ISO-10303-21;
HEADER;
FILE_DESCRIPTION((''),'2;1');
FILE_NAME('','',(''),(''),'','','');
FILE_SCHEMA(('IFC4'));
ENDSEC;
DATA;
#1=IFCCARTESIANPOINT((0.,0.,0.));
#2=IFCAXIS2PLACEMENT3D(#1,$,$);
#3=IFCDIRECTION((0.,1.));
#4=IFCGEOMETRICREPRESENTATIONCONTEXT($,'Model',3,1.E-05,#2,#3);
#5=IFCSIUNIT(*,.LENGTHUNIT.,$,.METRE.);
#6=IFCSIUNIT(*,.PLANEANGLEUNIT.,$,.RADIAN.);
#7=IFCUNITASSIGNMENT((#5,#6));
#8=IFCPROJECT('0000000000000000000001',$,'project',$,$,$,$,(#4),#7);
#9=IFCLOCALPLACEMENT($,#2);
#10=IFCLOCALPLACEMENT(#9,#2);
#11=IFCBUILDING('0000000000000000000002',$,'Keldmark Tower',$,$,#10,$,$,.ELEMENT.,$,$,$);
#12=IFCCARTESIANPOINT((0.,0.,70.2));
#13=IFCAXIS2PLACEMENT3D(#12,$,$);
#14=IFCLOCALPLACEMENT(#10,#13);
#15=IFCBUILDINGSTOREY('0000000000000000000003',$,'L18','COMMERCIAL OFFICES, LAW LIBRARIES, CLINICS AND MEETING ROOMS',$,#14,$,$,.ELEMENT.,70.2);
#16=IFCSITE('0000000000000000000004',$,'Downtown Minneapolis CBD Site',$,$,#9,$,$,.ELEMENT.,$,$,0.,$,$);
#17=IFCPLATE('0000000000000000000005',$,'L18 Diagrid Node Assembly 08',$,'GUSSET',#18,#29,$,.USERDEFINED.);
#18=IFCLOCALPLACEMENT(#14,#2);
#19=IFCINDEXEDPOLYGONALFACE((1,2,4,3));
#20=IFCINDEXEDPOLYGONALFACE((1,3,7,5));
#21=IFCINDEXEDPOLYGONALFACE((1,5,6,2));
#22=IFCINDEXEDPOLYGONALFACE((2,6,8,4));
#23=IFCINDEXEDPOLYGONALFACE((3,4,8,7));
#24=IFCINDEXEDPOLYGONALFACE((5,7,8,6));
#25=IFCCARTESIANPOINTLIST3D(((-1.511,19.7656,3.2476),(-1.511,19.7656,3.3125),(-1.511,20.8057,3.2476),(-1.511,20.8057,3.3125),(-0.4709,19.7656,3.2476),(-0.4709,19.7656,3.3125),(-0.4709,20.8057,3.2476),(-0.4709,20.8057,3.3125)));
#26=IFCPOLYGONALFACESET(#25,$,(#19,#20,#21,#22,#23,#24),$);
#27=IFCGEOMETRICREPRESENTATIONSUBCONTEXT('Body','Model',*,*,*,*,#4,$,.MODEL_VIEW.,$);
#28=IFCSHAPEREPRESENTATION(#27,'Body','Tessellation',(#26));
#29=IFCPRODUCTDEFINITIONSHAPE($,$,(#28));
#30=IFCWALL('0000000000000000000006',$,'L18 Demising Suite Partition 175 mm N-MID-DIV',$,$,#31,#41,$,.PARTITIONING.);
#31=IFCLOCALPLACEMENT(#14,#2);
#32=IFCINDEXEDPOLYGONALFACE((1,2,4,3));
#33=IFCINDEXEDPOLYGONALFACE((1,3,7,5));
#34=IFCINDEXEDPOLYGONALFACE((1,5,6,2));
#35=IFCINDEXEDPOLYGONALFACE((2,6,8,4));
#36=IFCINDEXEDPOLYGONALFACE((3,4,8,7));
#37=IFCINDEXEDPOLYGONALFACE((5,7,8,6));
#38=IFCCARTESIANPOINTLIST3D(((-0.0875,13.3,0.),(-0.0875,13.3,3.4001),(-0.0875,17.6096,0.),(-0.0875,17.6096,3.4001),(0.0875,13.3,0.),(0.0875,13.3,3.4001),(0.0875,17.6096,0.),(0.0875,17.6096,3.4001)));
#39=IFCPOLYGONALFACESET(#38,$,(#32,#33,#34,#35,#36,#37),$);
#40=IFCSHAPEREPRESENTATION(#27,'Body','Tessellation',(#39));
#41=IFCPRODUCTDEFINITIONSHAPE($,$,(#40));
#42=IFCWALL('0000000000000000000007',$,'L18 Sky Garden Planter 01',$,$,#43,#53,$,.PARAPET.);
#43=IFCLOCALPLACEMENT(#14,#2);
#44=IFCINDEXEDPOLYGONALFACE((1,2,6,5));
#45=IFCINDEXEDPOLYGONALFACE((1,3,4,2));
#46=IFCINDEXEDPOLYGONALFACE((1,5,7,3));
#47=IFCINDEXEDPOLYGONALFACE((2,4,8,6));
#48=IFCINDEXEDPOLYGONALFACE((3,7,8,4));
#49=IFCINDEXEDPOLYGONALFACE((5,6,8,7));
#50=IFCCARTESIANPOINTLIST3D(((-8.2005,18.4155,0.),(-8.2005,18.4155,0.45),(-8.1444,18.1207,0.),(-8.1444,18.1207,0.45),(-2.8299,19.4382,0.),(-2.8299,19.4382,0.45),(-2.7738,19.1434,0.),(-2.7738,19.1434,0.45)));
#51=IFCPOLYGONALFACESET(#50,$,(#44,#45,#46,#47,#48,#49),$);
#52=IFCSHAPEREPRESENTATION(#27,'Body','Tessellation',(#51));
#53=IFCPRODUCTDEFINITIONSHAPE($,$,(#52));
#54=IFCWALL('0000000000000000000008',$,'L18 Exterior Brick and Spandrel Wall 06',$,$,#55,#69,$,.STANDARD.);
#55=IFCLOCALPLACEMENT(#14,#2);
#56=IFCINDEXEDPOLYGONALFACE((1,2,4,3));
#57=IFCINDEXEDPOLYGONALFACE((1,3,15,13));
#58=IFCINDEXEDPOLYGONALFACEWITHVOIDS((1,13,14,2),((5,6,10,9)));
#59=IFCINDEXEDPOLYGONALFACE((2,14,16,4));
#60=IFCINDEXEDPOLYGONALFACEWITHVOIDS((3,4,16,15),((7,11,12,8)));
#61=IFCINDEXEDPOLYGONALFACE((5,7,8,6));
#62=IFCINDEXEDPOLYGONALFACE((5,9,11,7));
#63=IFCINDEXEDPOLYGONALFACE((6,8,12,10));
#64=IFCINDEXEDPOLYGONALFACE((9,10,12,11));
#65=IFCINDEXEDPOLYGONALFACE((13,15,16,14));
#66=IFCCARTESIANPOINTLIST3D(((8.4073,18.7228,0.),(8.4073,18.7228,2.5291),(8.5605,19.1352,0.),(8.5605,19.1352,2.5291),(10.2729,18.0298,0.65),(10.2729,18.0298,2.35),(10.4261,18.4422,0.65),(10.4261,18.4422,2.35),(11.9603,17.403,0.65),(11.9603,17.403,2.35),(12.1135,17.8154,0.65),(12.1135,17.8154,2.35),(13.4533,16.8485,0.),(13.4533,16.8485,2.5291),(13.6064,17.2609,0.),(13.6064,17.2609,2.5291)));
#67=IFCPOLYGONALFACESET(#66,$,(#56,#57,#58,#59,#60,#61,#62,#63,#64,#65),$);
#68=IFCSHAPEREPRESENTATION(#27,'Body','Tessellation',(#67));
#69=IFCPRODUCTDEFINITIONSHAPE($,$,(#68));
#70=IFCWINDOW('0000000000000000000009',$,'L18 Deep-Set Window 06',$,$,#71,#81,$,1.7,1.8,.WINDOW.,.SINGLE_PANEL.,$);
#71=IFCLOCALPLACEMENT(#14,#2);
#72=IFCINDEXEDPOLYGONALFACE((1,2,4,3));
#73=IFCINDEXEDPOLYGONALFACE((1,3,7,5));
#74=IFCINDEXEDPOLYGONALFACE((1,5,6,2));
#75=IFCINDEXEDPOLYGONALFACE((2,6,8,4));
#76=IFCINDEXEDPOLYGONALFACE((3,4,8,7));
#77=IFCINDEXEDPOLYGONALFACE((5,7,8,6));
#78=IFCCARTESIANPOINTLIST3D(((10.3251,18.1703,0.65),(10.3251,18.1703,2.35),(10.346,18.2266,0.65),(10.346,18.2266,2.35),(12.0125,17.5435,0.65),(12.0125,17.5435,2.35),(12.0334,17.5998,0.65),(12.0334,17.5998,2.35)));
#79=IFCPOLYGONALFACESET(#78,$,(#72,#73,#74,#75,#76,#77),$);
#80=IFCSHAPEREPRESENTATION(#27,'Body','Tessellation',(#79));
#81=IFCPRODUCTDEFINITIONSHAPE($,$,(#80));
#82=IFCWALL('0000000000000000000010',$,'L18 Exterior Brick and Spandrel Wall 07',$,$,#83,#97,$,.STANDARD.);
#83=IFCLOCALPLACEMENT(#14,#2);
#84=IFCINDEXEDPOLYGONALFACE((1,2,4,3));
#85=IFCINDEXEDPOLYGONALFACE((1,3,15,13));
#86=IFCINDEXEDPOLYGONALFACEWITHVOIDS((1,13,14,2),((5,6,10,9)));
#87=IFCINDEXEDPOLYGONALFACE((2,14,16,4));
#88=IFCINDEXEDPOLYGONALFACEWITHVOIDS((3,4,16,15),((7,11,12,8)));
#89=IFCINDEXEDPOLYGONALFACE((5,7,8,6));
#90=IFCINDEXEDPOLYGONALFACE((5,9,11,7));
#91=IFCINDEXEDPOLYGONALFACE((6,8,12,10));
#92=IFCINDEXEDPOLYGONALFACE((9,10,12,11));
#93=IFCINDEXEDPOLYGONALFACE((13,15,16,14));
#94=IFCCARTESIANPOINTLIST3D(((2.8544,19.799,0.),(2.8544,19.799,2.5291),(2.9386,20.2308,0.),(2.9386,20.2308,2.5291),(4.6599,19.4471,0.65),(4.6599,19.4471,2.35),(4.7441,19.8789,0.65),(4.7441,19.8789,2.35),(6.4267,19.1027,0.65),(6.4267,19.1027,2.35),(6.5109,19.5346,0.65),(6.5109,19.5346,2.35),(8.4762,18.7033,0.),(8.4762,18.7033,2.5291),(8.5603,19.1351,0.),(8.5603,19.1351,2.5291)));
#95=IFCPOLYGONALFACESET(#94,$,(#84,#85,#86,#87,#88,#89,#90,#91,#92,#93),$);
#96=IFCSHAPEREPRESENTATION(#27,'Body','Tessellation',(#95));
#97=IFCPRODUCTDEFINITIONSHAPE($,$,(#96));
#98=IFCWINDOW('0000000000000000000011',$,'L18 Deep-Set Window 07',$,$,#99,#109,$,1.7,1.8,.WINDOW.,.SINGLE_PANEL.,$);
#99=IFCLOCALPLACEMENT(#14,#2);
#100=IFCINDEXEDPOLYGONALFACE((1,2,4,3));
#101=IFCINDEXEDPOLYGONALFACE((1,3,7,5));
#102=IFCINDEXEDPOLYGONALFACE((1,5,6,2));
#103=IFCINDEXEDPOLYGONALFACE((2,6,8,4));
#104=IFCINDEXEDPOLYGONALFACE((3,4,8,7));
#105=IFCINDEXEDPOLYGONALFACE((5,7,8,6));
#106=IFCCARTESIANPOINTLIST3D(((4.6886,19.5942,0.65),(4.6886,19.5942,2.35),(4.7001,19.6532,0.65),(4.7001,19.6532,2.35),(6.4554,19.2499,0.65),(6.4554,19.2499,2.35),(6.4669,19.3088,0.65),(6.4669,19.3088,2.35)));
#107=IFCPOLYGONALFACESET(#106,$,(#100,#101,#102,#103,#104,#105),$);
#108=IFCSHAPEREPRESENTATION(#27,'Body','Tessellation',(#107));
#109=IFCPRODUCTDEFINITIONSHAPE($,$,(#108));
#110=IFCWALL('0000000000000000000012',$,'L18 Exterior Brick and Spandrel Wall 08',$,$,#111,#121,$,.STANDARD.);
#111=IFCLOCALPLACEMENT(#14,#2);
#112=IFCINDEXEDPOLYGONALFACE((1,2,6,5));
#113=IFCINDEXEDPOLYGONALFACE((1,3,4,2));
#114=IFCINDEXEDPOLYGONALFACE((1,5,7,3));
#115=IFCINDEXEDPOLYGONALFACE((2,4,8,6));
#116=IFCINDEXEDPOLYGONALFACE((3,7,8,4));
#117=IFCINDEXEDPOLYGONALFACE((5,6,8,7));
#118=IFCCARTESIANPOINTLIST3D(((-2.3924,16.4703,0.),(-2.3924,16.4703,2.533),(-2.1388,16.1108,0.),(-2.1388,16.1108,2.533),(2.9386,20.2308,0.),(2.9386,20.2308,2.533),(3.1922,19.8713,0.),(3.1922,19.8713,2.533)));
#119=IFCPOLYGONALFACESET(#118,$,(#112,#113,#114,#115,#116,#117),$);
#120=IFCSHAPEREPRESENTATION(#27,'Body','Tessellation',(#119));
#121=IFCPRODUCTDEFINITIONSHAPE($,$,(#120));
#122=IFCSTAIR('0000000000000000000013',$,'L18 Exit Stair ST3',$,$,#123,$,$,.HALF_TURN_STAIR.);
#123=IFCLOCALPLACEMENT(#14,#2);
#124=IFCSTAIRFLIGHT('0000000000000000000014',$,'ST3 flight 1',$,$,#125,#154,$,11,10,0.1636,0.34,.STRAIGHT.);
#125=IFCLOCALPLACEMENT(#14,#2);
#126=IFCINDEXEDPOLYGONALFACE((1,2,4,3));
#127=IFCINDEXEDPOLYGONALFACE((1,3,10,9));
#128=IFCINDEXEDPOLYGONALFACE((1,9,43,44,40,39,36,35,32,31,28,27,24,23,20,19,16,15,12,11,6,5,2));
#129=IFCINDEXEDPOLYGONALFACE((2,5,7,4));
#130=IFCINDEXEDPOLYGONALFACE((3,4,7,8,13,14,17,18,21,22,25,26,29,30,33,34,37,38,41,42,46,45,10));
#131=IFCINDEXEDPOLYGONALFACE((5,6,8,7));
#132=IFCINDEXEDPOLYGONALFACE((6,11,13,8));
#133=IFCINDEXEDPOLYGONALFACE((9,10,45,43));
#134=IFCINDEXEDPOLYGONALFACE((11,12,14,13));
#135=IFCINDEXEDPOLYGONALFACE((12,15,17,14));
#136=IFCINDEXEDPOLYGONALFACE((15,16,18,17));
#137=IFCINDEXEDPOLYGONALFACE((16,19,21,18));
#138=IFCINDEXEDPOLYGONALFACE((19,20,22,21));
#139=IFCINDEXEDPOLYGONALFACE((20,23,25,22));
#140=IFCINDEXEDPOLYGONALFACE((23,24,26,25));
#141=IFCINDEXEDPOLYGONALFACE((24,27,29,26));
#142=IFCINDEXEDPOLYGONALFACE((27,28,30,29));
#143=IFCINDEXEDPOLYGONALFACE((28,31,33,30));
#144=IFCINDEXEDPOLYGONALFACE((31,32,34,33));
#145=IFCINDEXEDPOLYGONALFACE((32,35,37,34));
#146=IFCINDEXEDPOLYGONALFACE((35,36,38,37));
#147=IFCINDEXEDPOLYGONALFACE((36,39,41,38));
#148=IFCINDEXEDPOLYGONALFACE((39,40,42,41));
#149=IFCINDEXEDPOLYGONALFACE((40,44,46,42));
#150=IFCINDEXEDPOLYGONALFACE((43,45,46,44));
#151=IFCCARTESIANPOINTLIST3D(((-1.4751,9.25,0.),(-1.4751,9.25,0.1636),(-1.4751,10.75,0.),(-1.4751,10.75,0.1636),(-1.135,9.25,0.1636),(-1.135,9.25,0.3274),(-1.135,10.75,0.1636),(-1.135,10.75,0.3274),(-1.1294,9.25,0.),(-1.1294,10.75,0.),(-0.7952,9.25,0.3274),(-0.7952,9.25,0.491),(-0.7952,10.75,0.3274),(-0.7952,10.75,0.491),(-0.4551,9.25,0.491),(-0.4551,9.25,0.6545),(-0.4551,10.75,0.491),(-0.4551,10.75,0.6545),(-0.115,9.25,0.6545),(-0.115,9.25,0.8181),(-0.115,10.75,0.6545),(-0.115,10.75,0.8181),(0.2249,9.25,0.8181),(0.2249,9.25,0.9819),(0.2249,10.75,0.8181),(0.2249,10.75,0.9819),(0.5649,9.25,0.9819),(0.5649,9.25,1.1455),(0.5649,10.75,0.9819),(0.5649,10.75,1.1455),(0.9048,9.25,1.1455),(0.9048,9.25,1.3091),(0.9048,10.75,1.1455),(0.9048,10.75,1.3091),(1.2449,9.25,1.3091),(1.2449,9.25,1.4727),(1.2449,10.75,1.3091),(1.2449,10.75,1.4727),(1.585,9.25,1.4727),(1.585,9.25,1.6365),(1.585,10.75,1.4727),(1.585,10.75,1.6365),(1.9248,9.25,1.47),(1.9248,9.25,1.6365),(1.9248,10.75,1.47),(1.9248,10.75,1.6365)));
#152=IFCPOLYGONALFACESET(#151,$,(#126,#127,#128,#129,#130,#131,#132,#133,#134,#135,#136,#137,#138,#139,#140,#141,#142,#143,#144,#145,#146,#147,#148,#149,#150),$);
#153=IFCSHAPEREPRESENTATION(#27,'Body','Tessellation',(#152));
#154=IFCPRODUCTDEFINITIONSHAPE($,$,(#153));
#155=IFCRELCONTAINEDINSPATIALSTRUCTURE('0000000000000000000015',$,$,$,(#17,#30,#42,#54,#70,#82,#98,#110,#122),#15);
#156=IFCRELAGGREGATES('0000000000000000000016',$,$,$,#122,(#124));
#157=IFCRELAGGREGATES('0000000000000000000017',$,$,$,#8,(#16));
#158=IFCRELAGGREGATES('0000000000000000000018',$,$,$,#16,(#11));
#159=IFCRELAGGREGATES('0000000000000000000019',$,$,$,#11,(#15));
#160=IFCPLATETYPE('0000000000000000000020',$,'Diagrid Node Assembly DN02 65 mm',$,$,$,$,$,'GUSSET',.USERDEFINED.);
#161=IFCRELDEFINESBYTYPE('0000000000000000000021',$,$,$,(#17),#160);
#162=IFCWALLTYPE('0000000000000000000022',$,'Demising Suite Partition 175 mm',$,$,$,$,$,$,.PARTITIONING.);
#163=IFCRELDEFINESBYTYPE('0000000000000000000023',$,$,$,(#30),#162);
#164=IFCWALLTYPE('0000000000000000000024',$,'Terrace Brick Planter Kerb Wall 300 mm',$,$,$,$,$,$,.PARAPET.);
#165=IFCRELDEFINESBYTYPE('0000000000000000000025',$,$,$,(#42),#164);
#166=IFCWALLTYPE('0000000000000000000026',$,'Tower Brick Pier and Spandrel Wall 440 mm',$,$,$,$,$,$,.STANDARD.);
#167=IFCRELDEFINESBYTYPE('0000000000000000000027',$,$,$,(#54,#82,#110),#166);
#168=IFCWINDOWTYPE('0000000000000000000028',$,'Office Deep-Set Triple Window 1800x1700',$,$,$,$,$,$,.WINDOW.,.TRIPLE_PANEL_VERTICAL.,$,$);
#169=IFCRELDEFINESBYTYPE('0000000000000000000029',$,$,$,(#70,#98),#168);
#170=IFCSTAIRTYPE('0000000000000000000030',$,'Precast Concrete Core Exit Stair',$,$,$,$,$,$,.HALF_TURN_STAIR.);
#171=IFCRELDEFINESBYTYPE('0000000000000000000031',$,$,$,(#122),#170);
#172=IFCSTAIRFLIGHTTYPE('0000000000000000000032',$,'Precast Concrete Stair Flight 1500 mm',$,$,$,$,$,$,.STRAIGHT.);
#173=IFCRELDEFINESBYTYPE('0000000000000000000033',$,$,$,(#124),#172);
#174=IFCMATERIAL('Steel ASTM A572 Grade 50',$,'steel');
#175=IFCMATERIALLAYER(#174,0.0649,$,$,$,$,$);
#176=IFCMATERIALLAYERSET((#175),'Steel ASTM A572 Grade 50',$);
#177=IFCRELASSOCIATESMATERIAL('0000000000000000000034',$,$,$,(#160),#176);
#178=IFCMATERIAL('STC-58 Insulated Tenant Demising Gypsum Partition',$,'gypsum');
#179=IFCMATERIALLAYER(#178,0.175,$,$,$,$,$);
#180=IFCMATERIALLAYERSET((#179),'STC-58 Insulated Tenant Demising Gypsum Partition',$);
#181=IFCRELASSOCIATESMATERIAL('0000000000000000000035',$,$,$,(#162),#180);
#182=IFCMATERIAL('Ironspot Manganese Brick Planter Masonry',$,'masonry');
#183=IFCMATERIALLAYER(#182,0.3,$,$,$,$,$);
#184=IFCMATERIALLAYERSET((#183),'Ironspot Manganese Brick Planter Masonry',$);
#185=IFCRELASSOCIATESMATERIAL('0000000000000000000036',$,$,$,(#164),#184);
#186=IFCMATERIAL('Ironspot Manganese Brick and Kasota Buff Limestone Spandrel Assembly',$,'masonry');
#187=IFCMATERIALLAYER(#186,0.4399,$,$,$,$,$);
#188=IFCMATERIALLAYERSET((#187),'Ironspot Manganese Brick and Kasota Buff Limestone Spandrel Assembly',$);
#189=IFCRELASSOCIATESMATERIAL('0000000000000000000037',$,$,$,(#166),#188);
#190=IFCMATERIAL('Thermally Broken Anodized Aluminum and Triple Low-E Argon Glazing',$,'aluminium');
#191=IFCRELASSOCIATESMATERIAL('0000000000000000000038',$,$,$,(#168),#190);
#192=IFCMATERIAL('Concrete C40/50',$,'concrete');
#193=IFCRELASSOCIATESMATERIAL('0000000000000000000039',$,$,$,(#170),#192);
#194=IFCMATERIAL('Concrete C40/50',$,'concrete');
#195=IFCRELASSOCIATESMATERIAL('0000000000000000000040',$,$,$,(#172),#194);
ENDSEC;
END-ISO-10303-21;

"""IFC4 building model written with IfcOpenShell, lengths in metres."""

from ifc_helpers import new_model, si_unit, direction, frame, frame_2d, origin, origin_2d, place, context, subcontext, project, spatial, polyline, rectangle, outline, extrude, material, layer, layer_set, type_object, element, fill, aggregate, save


model = new_model("IFC4")

# Units and contexts
model_context = context("Model", 3, precision=1e-05, world=origin(), true_north=direction((0.0, 1.0)))
body_context = subcontext(model_context, "Body", "Model", "MODEL_VIEW")
ifc_project = project(units=[si_unit("LENGTHUNIT", "METRE"), si_unit("PLANEANGLEUNIT", "RADIAN")], contexts=[model_context])

# Site, building, storey
site_placement = place(None, origin())
site = spatial("IfcSite", under=ifc_project, at=site_placement, Name="Downtown Minneapolis CBD Site", CompositionType="ELEMENT", RefElevation=0.0)
building_placement = place(site_placement, origin())
building = spatial("IfcBuilding", under=site, at=building_placement, Name="Keldmark Tower", CompositionType="ELEMENT")
storey_placement = place(building_placement, frame((0.0, 0.0, 70.2)))
storey = spatial("IfcBuildingStorey", under=building, at=storey_placement, Name="L18", Description="COMMERCIAL OFFICES, LAW LIBRARIES, CLINICS AND MEETING ROOMS", CompositionType="ELEMENT", Elevation=70.2)

# Plate
ifc_material_1 = material(Name="Steel ASTM A572 Grade 50", Category="steel")
ifc_layer_1 = layer(ifc_material_1, 0.0649)
ifc_layer_set_1 = layer_set([ifc_layer_1], Name="Steel ASTM A572 Grade 50")
plate_type_1 = type_object("IfcPlateType", Name="Diagrid Node Assembly DN02 65 mm", ElementType="GUSSET", PredefinedType="USERDEFINED", material=ifc_layer_set_1)
for number, where, z_axis, x_axis, name in (
    (1, (-0.991, 20.2856, 3.2476), (0.0, 0.0, 1.0), (-1.0, 0.0, 0.0), "L18 Diagrid Node Assembly 08"),
):
    element("IfcPlate", number, at=place(storey_placement, frame(where, z_axis=z_axis, x_axis=x_axis)), inside=storey, type_object=plate_type_1, Name=name, ObjectType="GUSSET", PredefinedType="USERDEFINED", context=body_context, shape_type="SweptSolid", body=[
        extrude(rectangle(XDim=1.04, YDim=1.04, at=origin_2d()), origin(), (0.0, 0.0, 1.0), 0.0649),
    ])

# Walls
ifc_material_2 = material(Name="STC-58 Insulated Tenant Demising Gypsum Partition", Category="gypsum")
ifc_layer_2 = layer(ifc_material_2, 0.175)
ifc_layer_set_2 = layer_set([ifc_layer_2], Name="STC-58 Insulated Tenant Demising Gypsum Partition")
wall_type_1 = type_object("IfcWallType", Name="Demising Suite Partition 175 mm", PredefinedType="PARTITIONING", material=ifc_layer_set_2)
wall_1_placement = place(storey_placement, frame((0.0, 13.3, 0.0), z_axis=(0.0, 0.0, 1.0), x_axis=(0.0, 1.0, 0.0)))
element("IfcWall", 2, at=wall_1_placement, inside=storey, type_object=wall_type_1, Name="L18 Demising Suite Partition 175 mm N-MID-DIV", PredefinedType="PARTITIONING", context=body_context, shape_type="SweptSolid", body=[
    extrude(rectangle(XDim=4.3096, YDim=0.175, at=frame_2d((2.1548, 0.0))), origin(), (0.0, 0.0, 1.0), 3.4001),
])
ifc_material_3 = material(Name="Ironspot Manganese Brick Planter Masonry", Category="masonry")
ifc_layer_3 = layer(ifc_material_3, 0.3)
ifc_layer_set_3 = layer_set([ifc_layer_3], Name="Ironspot Manganese Brick Planter Masonry")
wall_type_2 = type_object("IfcWallType", Name="Terrace Brick Planter Kerb Wall 300 mm", PredefinedType="PARAPET", material=ifc_layer_set_3)
wall_2_placement = place(storey_placement, frame((-2.802, 19.2908, 0.0), z_axis=(0.0, 0.0, 1.0), x_axis=(-0.982348, -0.187065, 0.0)))
element("IfcWall", 3, at=wall_2_placement, inside=storey, type_object=wall_type_2, Name="L18 Sky Garden Planter 01", PredefinedType="PARAPET", context=body_context, shape_type="SweptSolid", body=[
    extrude(rectangle(XDim=5.467, YDim=0.3, at=frame_2d((2.7334, 0.0))), origin(), (0.0, 0.0, 1.0), 0.45),
])

# Walls, openings, windows
ifc_material_4 = material(Name="Ironspot Manganese Brick and Kasota Buff Limestone Spandrel Assembly", Category="masonry")
ifc_layer_4 = layer(ifc_material_4, 0.4399)
ifc_layer_set_4 = layer_set([ifc_layer_4], Name="Ironspot Manganese Brick and Kasota Buff Limestone Spandrel Assembly")
wall_type_3 = type_object("IfcWallType", Name="Tower Brick Pier and Spandrel Wall 440 mm", PredefinedType="STANDARD", material=ifc_layer_set_4)
wall_3_placement = place(storey_placement, frame((8.4839, 18.929, 0.0), z_axis=(0.0, 0.0, 1.0), x_axis=(0.937421, -0.348199, 0.0)))
wall_3 = element("IfcWall", 4, at=wall_3_placement, inside=storey, type_object=wall_type_3, Name="L18 Exterior Brick and Spandrel Wall 06", PredefinedType="STANDARD", context=body_context, shape_type="SweptSolid", body=[
    extrude(rectangle(XDim=5.3828, YDim=0.4399, at=frame_2d((2.6914, 0.0))), origin(), (0.0, 0.0, 1.0), 2.5291),
])
opening_1_placement = place(wall_3_placement, frame((1.9902, 0.0, 0.6499)))
opening_1 = element("IfcOpeningElement", 5, at=opening_1_placement, cuts=wall_3, PredefinedType="OPENING", context=body_context, shape_type="SweptSolid", body=[
    extrude(rectangle(XDim=1.8, YDim=1.7, at=frame_2d((0.8999, 0.8501))), frame((0.0, 0.23, 0.0), z_axis=(0.0, -1.0, 0.0), x_axis=(1.0, 0.0, 0.0)), (0.0, 0.0, 1.0), 0.46),
])
ifc_material_5 = material(Name="Thermally Broken Anodized Aluminum and Triple Low-E Argon Glazing", Category="aluminium")
window_type = type_object("IfcWindowType", Name="Office Deep-Set Triple Window 1800x1700", PartitioningType="TRIPLE_PANEL_VERTICAL", PredefinedType="WINDOW", material=ifc_material_5)
window_1_placement = place(opening_1_placement, origin())
window_1 = element("IfcWindow", 6, at=window_1_placement, inside=storey, type_object=window_type, Name="L18 Deep-Set Window 06", OverallHeight=1.7, OverallWidth=1.8, PartitioningType="SINGLE_PANEL", PredefinedType="WINDOW", context=body_context, shape_type="SweptSolid", body=[
    extrude(rectangle(XDim=1.8, YDim=1.7, at=frame_2d((0.8999, 0.8501))), frame((0.0, -0.01, 0.0), z_axis=(0.0, -1.0, 0.0), x_axis=(1.0, 0.0, 0.0)), (0.0, 0.0, 1.0), 0.0601),
])
fill(opening_1, window_1)
wall_4_placement = place(storey_placement, frame((2.8965, 20.0149, 0.0), z_axis=(0.0, 0.0, 1.0), x_axis=(0.981531, -0.191302, 0.0)))
wall_4 = element("IfcWall", 7, at=wall_4_placement, inside=storey, type_object=wall_type_3, Name="L18 Exterior Brick and Spandrel Wall 07", PredefinedType="STANDARD", context=body_context, shape_type="SweptSolid", body=[
    extrude(rectangle(XDim=5.7275, YDim=0.4399, at=frame_2d((2.8638, 0.0))), origin(), (0.0, 0.0, 1.0), 2.5291),
])
opening_2_placement = place(wall_4_placement, frame((1.8396, 0.0, 0.6499)))
opening_2 = element("IfcOpeningElement", 8, at=opening_2_placement, cuts=wall_4, PredefinedType="OPENING", context=body_context, shape_type="SweptSolid", body=[
    extrude(rectangle(XDim=1.8, YDim=1.7, at=frame_2d((0.8999, 0.8501))), frame((0.0, 0.23, 0.0), z_axis=(0.0, -1.0, 0.0), x_axis=(1.0, 0.0, 0.0)), (0.0, 0.0, 1.0), 0.46),
])
window_2_placement = place(opening_2_placement, origin())
window_2 = element("IfcWindow", 9, at=window_2_placement, inside=storey, type_object=window_type, Name="L18 Deep-Set Window 07", OverallHeight=1.7, OverallWidth=1.8, PartitioningType="SINGLE_PANEL", PredefinedType="WINDOW", context=body_context, shape_type="SweptSolid", body=[
    extrude(rectangle(XDim=1.8, YDim=1.7, at=frame_2d((0.8999, 0.8501))), frame((0.0, -0.01, 0.0), z_axis=(0.0, -1.0, 0.0), x_axis=(1.0, 0.0, 0.0)), (0.0, 0.0, 1.0), 0.0601),
])
fill(opening_2, window_2)

# Wall
wall_5_placement = place(storey_placement, frame((-2.2656, 16.2905, 0.0), z_axis=(0.0, 0.0, 1.0), x_axis=(0.817156, 0.576417, 0.0)))
element("IfcWall", 10, at=wall_5_placement, inside=storey, type_object=wall_type_3, Name="L18 Exterior Brick and Spandrel Wall 08", PredefinedType="STANDARD", context=body_context, shape_type="SweptSolid", body=[
    extrude(rectangle(XDim=6.5239, YDim=0.4399, at=frame_2d((3.262, 0.0))), origin(), (0.0, 0.0, 1.0), 2.533),
])

# Stair, stair flight
ifc_material_6 = material(Name="Concrete C40/50", Category="concrete")
stair_type = type_object("IfcStairType", Name="Precast Concrete Core Exit Stair", PredefinedType="HALF_TURN_STAIR", material=ifc_material_6)
stair_placement = place(storey_placement, origin())
stair = element("IfcStair", 11, at=stair_placement, inside=storey, type_object=stair_type, Name="L18 Exit Stair ST3", PredefinedType="HALF_TURN_STAIR")
ifc_material_7 = material(Name="Concrete C40/50", Category="concrete")
stair_flight_type = type_object("IfcStairFlightType", Name="Precast Concrete Stair Flight 1500 mm", PredefinedType="STRAIGHT", material=ifc_material_7)
stair_flight_1_placement = place(storey_placement, frame((-1.4751, 10.0, 0.0), z_axis=(0.0, 0.0, 1.0), x_axis=(1.0, 0.0, 0.0)))
stair_flight_1 = element("IfcStairFlight", 12, at=stair_flight_1_placement, type_object=stair_flight_type, Name="ST3 flight 1", NumberOfRisers=11, NumberOfTreads=10, PredefinedType="STRAIGHT", RiserHeight=0.1636, TreadLength=0.34, context=body_context, shape_type="SweptSolid", body=[
    extrude(outline(polyline([(0.0, 0.0), (0.0, 0.1636), (0.3401, 0.1636), (0.3401, 0.3274), (0.6799, 0.3274), (0.6799, 0.491), (1.02, 0.491), (1.02, 0.6545), (1.3601, 0.6545), (1.3601, 0.8181), (1.7, 0.8181), (1.7, 0.9819), (2.04, 0.9819), (2.04, 1.1455), (2.3799, 1.1455), (2.3799, 1.3091), (2.72, 1.3091), (2.72, 1.4727), (3.0601, 1.4727), (3.0601, 1.6365), (3.3999, 1.6365), (3.3999, 1.8), (3.3999, 1.47), (0.3457, 0.0), (0.0, 0.0)])), frame((0.0, 0.75, 0.0), z_axis=(0.0, -1.0, 0.0), x_axis=(1.0, 0.0, 0.0)), (0.0, 0.0, 1.0), 1.5),
])
aggregate(stair, [stair_flight_1])

save(model, "model.ifc")
